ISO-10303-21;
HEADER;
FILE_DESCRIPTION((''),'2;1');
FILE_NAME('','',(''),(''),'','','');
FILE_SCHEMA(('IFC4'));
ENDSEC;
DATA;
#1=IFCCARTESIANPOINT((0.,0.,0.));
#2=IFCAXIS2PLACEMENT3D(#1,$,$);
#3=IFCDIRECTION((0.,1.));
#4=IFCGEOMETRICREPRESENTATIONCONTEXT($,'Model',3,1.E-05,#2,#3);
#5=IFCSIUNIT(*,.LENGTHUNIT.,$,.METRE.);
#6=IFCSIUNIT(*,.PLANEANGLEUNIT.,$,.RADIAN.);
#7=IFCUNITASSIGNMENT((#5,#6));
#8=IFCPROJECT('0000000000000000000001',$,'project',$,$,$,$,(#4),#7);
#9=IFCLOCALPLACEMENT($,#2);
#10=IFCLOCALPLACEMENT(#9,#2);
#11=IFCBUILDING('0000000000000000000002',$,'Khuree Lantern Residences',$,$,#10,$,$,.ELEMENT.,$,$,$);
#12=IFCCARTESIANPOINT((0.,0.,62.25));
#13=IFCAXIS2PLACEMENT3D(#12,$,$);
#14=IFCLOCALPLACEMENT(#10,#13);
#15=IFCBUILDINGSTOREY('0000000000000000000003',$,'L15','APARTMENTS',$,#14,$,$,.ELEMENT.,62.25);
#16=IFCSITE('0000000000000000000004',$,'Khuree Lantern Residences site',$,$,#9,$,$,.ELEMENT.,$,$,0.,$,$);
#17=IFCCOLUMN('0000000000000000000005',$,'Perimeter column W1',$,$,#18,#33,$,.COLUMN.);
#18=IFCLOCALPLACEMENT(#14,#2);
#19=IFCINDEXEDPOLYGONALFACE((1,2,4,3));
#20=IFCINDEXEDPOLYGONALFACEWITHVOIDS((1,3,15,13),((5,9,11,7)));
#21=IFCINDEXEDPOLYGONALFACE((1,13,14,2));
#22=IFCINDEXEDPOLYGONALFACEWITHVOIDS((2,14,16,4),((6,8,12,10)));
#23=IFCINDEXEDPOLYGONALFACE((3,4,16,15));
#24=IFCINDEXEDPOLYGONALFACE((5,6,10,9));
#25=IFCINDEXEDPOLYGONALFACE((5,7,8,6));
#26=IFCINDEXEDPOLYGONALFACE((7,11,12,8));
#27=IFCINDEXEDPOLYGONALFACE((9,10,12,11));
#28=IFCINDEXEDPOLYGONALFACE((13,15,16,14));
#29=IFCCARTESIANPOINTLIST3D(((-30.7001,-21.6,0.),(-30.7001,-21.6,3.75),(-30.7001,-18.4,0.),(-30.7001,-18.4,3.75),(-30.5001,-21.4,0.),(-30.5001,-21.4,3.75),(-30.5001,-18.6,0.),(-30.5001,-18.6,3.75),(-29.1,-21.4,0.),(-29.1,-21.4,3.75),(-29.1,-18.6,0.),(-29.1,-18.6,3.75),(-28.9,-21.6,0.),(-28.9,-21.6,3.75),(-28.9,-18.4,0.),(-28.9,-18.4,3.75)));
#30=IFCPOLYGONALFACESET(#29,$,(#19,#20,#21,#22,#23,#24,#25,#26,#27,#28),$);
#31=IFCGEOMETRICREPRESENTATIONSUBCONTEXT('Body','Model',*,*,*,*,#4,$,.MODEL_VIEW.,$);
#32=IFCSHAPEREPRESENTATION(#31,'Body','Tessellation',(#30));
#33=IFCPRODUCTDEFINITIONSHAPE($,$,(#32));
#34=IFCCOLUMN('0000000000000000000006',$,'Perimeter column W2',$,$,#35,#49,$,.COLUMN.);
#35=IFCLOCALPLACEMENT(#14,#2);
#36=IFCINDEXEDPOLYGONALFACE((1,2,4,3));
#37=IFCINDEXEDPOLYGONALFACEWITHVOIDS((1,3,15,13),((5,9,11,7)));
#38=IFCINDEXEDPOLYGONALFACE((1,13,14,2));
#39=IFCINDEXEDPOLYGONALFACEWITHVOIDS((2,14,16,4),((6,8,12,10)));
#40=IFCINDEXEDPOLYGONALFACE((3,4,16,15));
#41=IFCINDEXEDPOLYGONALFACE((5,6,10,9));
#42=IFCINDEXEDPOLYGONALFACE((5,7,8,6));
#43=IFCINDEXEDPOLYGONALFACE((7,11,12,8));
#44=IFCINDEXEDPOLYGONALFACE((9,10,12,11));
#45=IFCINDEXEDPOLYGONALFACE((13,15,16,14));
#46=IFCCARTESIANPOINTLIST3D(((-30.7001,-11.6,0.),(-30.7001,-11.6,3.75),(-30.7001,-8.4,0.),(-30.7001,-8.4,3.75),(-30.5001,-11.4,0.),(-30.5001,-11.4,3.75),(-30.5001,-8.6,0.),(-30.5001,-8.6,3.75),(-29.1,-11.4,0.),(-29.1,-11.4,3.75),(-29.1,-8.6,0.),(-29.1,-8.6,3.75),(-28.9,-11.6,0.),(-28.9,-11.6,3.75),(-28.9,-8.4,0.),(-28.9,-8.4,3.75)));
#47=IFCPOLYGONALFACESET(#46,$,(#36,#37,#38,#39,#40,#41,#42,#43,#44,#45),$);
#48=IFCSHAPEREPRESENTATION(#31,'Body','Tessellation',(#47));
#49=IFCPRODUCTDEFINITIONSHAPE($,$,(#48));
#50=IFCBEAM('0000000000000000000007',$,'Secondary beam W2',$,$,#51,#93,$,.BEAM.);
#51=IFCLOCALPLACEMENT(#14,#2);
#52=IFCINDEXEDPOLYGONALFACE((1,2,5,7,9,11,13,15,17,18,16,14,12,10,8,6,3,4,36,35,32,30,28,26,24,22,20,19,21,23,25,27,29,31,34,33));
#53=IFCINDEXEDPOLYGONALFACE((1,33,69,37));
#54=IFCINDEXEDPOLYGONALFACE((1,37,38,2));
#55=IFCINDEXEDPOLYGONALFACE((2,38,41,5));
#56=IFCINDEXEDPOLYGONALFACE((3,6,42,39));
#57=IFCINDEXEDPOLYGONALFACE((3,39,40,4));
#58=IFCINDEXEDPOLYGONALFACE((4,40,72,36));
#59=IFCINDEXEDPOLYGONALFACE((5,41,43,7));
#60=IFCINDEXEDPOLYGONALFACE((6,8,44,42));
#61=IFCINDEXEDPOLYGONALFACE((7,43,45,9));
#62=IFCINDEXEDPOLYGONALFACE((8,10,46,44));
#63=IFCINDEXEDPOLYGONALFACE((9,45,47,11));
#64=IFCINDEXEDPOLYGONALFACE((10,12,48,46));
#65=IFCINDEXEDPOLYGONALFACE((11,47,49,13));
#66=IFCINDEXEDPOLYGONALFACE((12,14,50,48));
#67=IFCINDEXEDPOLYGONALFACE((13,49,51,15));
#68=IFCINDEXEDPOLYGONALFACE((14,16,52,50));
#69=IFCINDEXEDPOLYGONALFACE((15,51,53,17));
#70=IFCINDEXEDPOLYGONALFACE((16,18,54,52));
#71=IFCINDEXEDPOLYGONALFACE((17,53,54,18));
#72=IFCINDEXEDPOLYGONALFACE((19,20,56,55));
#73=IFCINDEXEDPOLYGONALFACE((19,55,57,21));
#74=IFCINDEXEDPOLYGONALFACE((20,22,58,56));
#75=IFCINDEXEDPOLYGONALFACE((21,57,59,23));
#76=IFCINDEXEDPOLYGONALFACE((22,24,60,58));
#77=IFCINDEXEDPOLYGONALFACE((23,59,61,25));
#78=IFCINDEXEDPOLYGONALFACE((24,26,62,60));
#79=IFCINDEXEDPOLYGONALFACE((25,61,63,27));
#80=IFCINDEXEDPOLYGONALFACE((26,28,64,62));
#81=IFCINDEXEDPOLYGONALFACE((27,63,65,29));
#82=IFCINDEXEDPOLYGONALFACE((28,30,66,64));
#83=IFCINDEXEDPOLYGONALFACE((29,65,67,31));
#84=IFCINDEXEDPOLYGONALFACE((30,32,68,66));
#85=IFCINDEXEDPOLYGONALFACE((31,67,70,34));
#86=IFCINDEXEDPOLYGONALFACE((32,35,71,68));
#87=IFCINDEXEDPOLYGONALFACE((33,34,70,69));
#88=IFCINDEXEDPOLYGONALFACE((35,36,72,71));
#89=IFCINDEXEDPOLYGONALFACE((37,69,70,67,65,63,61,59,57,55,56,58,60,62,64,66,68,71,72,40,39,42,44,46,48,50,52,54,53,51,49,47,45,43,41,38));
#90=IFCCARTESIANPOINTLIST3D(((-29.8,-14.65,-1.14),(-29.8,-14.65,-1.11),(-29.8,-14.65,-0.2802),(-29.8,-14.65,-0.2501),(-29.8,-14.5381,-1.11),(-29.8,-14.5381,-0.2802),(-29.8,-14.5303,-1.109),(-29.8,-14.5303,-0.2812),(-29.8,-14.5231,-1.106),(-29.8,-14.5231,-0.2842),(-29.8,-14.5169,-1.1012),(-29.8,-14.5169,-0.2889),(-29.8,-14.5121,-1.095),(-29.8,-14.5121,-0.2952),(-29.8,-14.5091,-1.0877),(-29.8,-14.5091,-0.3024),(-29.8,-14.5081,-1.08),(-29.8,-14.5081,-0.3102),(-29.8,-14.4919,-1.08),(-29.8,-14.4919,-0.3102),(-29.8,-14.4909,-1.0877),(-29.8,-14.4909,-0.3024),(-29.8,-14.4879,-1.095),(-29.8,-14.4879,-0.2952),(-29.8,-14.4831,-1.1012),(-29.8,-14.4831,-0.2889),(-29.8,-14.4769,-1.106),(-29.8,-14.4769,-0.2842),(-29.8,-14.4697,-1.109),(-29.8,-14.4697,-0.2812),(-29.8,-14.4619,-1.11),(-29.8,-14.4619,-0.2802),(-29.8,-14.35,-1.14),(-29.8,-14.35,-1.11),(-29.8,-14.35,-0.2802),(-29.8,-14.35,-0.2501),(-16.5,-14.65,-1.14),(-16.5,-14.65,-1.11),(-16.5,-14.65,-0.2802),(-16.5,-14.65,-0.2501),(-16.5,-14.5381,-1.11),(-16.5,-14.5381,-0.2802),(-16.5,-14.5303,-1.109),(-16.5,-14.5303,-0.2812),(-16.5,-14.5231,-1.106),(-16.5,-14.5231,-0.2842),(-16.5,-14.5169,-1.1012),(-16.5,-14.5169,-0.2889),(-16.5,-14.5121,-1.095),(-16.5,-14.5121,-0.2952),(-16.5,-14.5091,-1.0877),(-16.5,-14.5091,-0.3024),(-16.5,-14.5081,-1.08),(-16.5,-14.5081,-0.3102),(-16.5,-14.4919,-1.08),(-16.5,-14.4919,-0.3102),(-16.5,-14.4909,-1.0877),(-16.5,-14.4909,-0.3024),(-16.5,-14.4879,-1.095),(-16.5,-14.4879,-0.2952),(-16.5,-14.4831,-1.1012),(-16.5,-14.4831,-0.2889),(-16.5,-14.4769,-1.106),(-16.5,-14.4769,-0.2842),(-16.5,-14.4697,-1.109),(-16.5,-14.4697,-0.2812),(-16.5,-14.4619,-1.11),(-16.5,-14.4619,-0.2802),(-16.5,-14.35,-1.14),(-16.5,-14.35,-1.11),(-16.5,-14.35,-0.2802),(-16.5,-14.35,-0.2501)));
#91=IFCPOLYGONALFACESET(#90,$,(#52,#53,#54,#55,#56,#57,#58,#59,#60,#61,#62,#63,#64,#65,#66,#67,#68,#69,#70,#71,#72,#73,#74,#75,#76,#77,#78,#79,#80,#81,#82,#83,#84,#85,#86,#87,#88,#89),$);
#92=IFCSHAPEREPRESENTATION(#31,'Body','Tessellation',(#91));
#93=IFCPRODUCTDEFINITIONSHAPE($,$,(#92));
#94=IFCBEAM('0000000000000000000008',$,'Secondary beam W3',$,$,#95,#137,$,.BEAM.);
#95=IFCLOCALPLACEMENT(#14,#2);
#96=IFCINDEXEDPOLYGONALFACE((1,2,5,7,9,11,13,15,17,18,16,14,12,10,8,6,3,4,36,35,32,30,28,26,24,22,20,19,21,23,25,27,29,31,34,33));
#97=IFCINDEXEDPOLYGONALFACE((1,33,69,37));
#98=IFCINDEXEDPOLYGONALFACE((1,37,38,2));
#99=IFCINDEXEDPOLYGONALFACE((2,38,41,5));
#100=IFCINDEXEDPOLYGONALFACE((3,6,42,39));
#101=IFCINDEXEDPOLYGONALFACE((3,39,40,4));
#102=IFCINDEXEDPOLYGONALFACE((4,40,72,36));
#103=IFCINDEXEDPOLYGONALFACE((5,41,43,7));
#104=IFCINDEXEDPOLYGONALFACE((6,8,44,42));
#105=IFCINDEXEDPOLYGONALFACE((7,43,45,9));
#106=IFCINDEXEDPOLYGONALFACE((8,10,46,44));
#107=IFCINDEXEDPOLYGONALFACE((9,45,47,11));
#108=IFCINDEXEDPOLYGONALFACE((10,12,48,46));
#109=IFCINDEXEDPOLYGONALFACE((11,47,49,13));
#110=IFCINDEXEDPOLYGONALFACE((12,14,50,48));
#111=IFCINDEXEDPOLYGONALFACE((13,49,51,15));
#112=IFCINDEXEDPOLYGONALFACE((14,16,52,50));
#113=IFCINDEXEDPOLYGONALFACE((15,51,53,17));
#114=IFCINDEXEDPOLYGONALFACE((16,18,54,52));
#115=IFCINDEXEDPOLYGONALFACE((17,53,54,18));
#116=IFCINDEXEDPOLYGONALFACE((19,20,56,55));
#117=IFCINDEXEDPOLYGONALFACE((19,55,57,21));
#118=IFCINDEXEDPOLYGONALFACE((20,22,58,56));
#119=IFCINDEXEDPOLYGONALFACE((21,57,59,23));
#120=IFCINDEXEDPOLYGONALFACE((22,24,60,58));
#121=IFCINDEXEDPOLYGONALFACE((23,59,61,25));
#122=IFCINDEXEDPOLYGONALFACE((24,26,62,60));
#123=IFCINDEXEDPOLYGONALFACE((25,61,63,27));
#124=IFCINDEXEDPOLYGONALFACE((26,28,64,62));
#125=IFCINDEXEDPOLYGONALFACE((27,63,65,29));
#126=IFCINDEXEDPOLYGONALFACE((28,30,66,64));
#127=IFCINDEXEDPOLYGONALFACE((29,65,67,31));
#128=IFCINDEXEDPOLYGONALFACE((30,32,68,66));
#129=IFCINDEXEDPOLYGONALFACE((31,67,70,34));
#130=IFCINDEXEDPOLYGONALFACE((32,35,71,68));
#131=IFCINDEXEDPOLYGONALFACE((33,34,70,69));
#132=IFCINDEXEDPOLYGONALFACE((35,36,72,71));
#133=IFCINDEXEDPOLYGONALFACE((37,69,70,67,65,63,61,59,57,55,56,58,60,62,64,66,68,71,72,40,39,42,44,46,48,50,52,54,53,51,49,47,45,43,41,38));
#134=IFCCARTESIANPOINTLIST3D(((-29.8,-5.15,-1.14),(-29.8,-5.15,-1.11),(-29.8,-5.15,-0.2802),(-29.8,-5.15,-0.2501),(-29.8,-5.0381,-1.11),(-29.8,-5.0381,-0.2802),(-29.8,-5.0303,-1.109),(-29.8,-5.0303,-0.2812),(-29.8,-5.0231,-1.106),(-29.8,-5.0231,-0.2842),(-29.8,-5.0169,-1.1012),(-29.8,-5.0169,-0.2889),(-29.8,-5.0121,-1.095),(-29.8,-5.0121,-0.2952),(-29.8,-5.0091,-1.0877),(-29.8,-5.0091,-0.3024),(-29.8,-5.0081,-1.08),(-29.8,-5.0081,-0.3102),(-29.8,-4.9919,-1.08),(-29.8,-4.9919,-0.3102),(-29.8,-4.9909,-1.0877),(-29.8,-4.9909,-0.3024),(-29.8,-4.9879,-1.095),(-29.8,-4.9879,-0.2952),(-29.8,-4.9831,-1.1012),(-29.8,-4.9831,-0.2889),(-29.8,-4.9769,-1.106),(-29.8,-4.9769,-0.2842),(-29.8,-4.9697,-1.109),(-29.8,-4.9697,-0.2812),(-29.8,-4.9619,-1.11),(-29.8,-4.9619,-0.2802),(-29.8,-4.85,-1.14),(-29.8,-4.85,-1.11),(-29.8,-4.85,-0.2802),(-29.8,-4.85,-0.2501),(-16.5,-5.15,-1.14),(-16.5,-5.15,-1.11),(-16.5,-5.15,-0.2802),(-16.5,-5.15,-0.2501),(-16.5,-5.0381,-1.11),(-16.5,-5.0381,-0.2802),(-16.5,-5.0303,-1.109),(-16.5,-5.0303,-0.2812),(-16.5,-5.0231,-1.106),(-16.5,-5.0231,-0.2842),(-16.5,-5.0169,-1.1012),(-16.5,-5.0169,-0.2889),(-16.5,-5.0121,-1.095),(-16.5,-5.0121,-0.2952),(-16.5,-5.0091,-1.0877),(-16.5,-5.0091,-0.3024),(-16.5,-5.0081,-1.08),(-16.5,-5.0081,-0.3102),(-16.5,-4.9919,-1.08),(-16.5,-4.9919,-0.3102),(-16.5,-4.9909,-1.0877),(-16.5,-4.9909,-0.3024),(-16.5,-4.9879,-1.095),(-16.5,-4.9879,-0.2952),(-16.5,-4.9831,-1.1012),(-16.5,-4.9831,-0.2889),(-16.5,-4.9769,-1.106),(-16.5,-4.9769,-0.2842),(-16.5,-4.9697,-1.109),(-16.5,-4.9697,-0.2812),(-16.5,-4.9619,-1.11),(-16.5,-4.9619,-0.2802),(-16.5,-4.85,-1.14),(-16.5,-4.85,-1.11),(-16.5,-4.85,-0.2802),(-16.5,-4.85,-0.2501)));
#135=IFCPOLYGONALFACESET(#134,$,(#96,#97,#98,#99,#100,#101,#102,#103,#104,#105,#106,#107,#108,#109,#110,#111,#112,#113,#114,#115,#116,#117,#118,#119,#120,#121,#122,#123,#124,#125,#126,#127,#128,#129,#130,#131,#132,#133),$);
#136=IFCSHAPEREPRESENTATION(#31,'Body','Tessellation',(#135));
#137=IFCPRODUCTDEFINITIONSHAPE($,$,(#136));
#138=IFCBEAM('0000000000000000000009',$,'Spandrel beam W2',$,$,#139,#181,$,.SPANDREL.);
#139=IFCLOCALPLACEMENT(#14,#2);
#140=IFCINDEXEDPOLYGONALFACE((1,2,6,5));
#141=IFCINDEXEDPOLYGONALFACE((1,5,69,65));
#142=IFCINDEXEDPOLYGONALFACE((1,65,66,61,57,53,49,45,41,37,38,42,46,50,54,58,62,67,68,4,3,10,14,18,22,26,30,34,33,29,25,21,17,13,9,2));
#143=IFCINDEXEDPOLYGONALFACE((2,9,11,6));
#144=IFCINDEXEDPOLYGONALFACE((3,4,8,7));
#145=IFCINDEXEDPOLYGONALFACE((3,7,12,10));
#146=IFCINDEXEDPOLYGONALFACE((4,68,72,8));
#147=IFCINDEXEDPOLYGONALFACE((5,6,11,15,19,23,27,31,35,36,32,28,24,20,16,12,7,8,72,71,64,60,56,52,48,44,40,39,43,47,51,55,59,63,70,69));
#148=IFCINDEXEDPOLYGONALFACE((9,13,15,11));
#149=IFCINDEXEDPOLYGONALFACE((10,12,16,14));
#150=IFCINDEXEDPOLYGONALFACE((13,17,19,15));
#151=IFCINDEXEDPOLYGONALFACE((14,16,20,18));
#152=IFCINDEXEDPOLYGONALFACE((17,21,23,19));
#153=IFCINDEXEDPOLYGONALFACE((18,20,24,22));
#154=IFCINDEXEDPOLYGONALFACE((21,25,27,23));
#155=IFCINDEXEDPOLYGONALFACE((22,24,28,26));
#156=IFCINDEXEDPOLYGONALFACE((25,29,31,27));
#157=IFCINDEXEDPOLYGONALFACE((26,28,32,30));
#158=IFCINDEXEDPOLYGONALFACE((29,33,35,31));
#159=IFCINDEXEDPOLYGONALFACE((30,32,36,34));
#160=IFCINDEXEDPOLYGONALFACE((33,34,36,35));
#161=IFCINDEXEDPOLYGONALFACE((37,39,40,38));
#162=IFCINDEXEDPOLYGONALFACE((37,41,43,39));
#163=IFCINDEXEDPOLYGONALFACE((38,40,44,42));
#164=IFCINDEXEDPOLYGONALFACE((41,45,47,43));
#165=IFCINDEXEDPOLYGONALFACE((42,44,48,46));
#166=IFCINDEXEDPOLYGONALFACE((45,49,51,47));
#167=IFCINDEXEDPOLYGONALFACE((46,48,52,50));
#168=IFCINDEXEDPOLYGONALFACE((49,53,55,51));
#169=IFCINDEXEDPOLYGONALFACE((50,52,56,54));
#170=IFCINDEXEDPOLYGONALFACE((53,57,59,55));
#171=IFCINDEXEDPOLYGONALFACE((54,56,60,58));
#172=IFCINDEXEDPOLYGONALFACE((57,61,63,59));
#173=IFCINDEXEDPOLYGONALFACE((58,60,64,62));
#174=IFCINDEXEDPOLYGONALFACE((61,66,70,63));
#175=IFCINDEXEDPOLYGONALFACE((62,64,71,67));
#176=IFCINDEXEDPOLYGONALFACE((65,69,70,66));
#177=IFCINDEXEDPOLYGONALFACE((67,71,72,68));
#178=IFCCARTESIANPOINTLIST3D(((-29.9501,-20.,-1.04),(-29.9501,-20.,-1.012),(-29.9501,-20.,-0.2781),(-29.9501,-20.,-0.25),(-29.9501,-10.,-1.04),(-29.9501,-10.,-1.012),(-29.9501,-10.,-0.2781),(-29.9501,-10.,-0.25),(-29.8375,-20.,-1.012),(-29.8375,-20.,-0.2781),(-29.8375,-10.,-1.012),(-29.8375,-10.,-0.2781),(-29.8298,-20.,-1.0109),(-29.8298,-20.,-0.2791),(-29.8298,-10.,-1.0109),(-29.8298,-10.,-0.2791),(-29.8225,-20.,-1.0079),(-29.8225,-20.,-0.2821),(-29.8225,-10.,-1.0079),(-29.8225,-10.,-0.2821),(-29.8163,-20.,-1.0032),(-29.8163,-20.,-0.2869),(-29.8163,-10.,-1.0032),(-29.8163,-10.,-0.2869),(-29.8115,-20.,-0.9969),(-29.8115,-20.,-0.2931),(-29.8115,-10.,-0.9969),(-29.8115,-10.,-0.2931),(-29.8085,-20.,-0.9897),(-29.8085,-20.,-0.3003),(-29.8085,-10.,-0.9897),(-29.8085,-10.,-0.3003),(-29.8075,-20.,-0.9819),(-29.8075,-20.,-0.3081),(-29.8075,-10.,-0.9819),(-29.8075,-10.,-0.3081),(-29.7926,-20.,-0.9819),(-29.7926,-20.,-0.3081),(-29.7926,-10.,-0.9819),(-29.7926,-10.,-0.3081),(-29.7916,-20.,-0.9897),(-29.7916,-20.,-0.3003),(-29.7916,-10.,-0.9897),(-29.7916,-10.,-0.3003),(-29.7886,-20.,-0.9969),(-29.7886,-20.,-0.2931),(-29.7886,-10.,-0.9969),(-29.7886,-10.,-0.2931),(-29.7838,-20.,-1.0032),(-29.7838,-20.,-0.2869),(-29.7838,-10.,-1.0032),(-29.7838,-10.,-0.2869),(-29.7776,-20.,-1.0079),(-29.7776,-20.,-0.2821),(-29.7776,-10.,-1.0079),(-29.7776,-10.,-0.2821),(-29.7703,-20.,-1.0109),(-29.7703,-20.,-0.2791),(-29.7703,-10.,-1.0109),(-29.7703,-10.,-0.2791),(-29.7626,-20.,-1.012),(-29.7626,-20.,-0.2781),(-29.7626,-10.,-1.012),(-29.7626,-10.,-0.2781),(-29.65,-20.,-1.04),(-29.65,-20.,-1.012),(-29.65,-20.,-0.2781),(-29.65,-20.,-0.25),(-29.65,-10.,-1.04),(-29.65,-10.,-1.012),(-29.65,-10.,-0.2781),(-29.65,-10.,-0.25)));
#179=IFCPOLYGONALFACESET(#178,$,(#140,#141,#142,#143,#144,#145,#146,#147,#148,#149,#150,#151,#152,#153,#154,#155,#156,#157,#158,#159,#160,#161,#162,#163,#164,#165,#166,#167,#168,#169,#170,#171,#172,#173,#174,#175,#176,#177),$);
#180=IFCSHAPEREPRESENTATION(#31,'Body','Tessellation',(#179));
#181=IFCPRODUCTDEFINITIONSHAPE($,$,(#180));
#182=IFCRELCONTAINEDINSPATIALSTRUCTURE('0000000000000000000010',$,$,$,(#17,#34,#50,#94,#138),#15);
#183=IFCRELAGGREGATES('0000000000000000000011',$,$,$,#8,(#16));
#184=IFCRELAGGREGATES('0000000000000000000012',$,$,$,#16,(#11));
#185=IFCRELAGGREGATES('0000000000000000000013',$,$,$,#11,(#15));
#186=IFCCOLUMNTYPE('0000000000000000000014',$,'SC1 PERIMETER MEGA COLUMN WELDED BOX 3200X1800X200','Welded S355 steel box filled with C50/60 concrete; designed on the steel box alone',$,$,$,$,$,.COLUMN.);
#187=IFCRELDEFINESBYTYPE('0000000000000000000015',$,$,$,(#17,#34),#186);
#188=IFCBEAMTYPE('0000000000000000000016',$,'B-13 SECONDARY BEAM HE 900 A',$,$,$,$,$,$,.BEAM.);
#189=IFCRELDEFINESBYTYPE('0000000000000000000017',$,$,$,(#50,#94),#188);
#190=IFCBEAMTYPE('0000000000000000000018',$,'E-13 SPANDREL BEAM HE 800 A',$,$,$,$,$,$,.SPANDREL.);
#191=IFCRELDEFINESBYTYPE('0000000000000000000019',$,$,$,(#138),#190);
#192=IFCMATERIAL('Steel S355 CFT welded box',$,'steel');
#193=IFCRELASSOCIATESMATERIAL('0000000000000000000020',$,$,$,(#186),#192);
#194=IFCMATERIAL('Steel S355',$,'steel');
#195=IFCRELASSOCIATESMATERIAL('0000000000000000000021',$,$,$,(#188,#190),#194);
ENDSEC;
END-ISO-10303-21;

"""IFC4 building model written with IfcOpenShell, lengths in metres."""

from ifc_helpers import new_model, si_unit, direction, frame, origin, origin_2d, place, context, subcontext, project, spatial, hollow_rectangle, i_section, extrude, material, material_profile, profile_set, type_object, element, save


model = new_model("IFC4")

# Units and contexts
model_context = context("Model", 3, precision=1e-05, world=origin(), true_north=direction((0.0, 1.0)))
body_context = subcontext(model_context, "Body", "Model", "MODEL_VIEW")
ifc_project = project(units=[si_unit("LENGTHUNIT", "METRE"), si_unit("PLANEANGLEUNIT", "RADIAN")], contexts=[model_context])

# Site, building, storey
site_placement = place(None, origin())
site = spatial("IfcSite", under=ifc_project, at=site_placement, Name="Khuree Lantern Residences site", CompositionType="ELEMENT", RefElevation=0.0)
building_placement = place(site_placement, origin())
building = spatial("IfcBuilding", under=site, at=building_placement, Name="Khuree Lantern Residences", CompositionType="ELEMENT")
storey_placement = place(building_placement, frame((0.0, 0.0, 62.25)))
storey = spatial("IfcBuildingStorey", under=building, at=storey_placement, Name="L15", Description="APARTMENTS", CompositionType="ELEMENT", Elevation=62.25)

# Columns
ifc_material_1 = material(Name="Steel S355 CFT welded box", Category="steel")
ifc_material_profile_1 = material_profile(ifc_material_1, hollow_rectangle(XDim=3.2, YDim=1.8, WallThickness=0.2, at=origin_2d()), Name="WELDED BOX 3200X1800X200")
ifc_profile_set_1 = profile_set([ifc_material_profile_1], Name="Steel S355 CFT welded box")
column_type = type_object("IfcColumnType", Name="SC1 PERIMETER MEGA COLUMN WELDED BOX 3200X1800X200", Description="Welded S355 steel box filled with C50/60 concrete; designed on the steel box alone", PredefinedType="COLUMN", material=ifc_profile_set_1)
for number, where, z_axis, x_axis, name in (
    (1, (-29.8, -20.0, 0.0), (0.0, 0.0, 1.0), (0.0, 1.0, 0.0), "Perimeter column W1"),
    (2, (-29.8, -10.0, 0.0), (0.0, 0.0, 1.0), (0.0, 1.0, 0.0), "Perimeter column W2"),
):
    element("IfcColumn", number, at=place(storey_placement, frame(where, z_axis=z_axis, x_axis=x_axis)), inside=storey, type_object=column_type, Name=name, PredefinedType="COLUMN", context=body_context, shape_type="SweptSolid", body=[
        extrude(hollow_rectangle(XDim=3.2, YDim=1.8, WallThickness=0.2, at=origin_2d()), origin(), (0.0, 0.0, 1.0), 3.75),
    ])

# Beams
ifc_material_2 = material(Name="Steel S355", Category="steel")
ifc_material_profile_2 = material_profile(ifc_material_2, i_section(OverallWidth=0.3, OverallDepth=0.8899, WebThickness=0.0161, FlangeThickness=0.03, FilletRadius=0.03, at=origin_2d()), Name="HE 900 A")
ifc_profile_set_2 = profile_set([ifc_material_profile_2], Name="Steel S355")
beam_type_1 = type_object("IfcBeamType", Name="B-13 SECONDARY BEAM HE 900 A", PredefinedType="BEAM", material=ifc_profile_set_2)
for number, where, z_axis, x_axis, name in (
    (3, (-29.8, -14.5, -0.6951), (1.0, 0.0, 0.0), (0.0, 1.0, 0.0), "Secondary beam W2"),
    (4, (-29.8, -5.0, -0.6951), (1.0, 0.0, 0.0), (0.0, 1.0, 0.0), "Secondary beam W3"),
):
    element("IfcBeam", number, at=place(storey_placement, frame(where, z_axis=z_axis, x_axis=x_axis)), inside=storey, type_object=beam_type_1, Name=name, PredefinedType="BEAM", context=body_context, shape_type="SweptSolid", body=[
        extrude(i_section(OverallWidth=0.3, OverallDepth=0.8899, WebThickness=0.0161, FlangeThickness=0.03, FilletRadius=0.03, at=origin_2d()), origin(), (0.0, 0.0, 1.0), 13.3),
    ])
ifc_material_profile_3 = material_profile(ifc_material_2, i_section(OverallWidth=0.3, OverallDepth=0.79, WebThickness=0.0149, FlangeThickness=0.0281, FilletRadius=0.03, at=origin_2d()), Name="HE 800 A")
ifc_profile_set_3 = profile_set([ifc_material_profile_3], Name="Steel S355")
beam_type_2 = type_object("IfcBeamType", Name="E-13 SPANDREL BEAM HE 800 A", PredefinedType="SPANDREL", material=ifc_profile_set_3)
for number, where, z_axis, x_axis, name in (
    (5, (-29.8, -20.0, -0.645), (0.0, 1.0, 0.0), (-1.0, 0.0, 0.0), "Spandrel beam W2"),
):
    element("IfcBeam", number, at=place(storey_placement, frame(where, z_axis=z_axis, x_axis=x_axis)), inside=storey, type_object=beam_type_2, Name=name, PredefinedType="SPANDREL", context=body_context, shape_type="SweptSolid", body=[
        extrude(i_section(OverallWidth=0.3, OverallDepth=0.79, WebThickness=0.0149, FlangeThickness=0.0281, FilletRadius=0.03, at=origin_2d()), origin(), (0.0, 0.0, 1.0), 10.0),
    ])

save(model, "model.ifc")
